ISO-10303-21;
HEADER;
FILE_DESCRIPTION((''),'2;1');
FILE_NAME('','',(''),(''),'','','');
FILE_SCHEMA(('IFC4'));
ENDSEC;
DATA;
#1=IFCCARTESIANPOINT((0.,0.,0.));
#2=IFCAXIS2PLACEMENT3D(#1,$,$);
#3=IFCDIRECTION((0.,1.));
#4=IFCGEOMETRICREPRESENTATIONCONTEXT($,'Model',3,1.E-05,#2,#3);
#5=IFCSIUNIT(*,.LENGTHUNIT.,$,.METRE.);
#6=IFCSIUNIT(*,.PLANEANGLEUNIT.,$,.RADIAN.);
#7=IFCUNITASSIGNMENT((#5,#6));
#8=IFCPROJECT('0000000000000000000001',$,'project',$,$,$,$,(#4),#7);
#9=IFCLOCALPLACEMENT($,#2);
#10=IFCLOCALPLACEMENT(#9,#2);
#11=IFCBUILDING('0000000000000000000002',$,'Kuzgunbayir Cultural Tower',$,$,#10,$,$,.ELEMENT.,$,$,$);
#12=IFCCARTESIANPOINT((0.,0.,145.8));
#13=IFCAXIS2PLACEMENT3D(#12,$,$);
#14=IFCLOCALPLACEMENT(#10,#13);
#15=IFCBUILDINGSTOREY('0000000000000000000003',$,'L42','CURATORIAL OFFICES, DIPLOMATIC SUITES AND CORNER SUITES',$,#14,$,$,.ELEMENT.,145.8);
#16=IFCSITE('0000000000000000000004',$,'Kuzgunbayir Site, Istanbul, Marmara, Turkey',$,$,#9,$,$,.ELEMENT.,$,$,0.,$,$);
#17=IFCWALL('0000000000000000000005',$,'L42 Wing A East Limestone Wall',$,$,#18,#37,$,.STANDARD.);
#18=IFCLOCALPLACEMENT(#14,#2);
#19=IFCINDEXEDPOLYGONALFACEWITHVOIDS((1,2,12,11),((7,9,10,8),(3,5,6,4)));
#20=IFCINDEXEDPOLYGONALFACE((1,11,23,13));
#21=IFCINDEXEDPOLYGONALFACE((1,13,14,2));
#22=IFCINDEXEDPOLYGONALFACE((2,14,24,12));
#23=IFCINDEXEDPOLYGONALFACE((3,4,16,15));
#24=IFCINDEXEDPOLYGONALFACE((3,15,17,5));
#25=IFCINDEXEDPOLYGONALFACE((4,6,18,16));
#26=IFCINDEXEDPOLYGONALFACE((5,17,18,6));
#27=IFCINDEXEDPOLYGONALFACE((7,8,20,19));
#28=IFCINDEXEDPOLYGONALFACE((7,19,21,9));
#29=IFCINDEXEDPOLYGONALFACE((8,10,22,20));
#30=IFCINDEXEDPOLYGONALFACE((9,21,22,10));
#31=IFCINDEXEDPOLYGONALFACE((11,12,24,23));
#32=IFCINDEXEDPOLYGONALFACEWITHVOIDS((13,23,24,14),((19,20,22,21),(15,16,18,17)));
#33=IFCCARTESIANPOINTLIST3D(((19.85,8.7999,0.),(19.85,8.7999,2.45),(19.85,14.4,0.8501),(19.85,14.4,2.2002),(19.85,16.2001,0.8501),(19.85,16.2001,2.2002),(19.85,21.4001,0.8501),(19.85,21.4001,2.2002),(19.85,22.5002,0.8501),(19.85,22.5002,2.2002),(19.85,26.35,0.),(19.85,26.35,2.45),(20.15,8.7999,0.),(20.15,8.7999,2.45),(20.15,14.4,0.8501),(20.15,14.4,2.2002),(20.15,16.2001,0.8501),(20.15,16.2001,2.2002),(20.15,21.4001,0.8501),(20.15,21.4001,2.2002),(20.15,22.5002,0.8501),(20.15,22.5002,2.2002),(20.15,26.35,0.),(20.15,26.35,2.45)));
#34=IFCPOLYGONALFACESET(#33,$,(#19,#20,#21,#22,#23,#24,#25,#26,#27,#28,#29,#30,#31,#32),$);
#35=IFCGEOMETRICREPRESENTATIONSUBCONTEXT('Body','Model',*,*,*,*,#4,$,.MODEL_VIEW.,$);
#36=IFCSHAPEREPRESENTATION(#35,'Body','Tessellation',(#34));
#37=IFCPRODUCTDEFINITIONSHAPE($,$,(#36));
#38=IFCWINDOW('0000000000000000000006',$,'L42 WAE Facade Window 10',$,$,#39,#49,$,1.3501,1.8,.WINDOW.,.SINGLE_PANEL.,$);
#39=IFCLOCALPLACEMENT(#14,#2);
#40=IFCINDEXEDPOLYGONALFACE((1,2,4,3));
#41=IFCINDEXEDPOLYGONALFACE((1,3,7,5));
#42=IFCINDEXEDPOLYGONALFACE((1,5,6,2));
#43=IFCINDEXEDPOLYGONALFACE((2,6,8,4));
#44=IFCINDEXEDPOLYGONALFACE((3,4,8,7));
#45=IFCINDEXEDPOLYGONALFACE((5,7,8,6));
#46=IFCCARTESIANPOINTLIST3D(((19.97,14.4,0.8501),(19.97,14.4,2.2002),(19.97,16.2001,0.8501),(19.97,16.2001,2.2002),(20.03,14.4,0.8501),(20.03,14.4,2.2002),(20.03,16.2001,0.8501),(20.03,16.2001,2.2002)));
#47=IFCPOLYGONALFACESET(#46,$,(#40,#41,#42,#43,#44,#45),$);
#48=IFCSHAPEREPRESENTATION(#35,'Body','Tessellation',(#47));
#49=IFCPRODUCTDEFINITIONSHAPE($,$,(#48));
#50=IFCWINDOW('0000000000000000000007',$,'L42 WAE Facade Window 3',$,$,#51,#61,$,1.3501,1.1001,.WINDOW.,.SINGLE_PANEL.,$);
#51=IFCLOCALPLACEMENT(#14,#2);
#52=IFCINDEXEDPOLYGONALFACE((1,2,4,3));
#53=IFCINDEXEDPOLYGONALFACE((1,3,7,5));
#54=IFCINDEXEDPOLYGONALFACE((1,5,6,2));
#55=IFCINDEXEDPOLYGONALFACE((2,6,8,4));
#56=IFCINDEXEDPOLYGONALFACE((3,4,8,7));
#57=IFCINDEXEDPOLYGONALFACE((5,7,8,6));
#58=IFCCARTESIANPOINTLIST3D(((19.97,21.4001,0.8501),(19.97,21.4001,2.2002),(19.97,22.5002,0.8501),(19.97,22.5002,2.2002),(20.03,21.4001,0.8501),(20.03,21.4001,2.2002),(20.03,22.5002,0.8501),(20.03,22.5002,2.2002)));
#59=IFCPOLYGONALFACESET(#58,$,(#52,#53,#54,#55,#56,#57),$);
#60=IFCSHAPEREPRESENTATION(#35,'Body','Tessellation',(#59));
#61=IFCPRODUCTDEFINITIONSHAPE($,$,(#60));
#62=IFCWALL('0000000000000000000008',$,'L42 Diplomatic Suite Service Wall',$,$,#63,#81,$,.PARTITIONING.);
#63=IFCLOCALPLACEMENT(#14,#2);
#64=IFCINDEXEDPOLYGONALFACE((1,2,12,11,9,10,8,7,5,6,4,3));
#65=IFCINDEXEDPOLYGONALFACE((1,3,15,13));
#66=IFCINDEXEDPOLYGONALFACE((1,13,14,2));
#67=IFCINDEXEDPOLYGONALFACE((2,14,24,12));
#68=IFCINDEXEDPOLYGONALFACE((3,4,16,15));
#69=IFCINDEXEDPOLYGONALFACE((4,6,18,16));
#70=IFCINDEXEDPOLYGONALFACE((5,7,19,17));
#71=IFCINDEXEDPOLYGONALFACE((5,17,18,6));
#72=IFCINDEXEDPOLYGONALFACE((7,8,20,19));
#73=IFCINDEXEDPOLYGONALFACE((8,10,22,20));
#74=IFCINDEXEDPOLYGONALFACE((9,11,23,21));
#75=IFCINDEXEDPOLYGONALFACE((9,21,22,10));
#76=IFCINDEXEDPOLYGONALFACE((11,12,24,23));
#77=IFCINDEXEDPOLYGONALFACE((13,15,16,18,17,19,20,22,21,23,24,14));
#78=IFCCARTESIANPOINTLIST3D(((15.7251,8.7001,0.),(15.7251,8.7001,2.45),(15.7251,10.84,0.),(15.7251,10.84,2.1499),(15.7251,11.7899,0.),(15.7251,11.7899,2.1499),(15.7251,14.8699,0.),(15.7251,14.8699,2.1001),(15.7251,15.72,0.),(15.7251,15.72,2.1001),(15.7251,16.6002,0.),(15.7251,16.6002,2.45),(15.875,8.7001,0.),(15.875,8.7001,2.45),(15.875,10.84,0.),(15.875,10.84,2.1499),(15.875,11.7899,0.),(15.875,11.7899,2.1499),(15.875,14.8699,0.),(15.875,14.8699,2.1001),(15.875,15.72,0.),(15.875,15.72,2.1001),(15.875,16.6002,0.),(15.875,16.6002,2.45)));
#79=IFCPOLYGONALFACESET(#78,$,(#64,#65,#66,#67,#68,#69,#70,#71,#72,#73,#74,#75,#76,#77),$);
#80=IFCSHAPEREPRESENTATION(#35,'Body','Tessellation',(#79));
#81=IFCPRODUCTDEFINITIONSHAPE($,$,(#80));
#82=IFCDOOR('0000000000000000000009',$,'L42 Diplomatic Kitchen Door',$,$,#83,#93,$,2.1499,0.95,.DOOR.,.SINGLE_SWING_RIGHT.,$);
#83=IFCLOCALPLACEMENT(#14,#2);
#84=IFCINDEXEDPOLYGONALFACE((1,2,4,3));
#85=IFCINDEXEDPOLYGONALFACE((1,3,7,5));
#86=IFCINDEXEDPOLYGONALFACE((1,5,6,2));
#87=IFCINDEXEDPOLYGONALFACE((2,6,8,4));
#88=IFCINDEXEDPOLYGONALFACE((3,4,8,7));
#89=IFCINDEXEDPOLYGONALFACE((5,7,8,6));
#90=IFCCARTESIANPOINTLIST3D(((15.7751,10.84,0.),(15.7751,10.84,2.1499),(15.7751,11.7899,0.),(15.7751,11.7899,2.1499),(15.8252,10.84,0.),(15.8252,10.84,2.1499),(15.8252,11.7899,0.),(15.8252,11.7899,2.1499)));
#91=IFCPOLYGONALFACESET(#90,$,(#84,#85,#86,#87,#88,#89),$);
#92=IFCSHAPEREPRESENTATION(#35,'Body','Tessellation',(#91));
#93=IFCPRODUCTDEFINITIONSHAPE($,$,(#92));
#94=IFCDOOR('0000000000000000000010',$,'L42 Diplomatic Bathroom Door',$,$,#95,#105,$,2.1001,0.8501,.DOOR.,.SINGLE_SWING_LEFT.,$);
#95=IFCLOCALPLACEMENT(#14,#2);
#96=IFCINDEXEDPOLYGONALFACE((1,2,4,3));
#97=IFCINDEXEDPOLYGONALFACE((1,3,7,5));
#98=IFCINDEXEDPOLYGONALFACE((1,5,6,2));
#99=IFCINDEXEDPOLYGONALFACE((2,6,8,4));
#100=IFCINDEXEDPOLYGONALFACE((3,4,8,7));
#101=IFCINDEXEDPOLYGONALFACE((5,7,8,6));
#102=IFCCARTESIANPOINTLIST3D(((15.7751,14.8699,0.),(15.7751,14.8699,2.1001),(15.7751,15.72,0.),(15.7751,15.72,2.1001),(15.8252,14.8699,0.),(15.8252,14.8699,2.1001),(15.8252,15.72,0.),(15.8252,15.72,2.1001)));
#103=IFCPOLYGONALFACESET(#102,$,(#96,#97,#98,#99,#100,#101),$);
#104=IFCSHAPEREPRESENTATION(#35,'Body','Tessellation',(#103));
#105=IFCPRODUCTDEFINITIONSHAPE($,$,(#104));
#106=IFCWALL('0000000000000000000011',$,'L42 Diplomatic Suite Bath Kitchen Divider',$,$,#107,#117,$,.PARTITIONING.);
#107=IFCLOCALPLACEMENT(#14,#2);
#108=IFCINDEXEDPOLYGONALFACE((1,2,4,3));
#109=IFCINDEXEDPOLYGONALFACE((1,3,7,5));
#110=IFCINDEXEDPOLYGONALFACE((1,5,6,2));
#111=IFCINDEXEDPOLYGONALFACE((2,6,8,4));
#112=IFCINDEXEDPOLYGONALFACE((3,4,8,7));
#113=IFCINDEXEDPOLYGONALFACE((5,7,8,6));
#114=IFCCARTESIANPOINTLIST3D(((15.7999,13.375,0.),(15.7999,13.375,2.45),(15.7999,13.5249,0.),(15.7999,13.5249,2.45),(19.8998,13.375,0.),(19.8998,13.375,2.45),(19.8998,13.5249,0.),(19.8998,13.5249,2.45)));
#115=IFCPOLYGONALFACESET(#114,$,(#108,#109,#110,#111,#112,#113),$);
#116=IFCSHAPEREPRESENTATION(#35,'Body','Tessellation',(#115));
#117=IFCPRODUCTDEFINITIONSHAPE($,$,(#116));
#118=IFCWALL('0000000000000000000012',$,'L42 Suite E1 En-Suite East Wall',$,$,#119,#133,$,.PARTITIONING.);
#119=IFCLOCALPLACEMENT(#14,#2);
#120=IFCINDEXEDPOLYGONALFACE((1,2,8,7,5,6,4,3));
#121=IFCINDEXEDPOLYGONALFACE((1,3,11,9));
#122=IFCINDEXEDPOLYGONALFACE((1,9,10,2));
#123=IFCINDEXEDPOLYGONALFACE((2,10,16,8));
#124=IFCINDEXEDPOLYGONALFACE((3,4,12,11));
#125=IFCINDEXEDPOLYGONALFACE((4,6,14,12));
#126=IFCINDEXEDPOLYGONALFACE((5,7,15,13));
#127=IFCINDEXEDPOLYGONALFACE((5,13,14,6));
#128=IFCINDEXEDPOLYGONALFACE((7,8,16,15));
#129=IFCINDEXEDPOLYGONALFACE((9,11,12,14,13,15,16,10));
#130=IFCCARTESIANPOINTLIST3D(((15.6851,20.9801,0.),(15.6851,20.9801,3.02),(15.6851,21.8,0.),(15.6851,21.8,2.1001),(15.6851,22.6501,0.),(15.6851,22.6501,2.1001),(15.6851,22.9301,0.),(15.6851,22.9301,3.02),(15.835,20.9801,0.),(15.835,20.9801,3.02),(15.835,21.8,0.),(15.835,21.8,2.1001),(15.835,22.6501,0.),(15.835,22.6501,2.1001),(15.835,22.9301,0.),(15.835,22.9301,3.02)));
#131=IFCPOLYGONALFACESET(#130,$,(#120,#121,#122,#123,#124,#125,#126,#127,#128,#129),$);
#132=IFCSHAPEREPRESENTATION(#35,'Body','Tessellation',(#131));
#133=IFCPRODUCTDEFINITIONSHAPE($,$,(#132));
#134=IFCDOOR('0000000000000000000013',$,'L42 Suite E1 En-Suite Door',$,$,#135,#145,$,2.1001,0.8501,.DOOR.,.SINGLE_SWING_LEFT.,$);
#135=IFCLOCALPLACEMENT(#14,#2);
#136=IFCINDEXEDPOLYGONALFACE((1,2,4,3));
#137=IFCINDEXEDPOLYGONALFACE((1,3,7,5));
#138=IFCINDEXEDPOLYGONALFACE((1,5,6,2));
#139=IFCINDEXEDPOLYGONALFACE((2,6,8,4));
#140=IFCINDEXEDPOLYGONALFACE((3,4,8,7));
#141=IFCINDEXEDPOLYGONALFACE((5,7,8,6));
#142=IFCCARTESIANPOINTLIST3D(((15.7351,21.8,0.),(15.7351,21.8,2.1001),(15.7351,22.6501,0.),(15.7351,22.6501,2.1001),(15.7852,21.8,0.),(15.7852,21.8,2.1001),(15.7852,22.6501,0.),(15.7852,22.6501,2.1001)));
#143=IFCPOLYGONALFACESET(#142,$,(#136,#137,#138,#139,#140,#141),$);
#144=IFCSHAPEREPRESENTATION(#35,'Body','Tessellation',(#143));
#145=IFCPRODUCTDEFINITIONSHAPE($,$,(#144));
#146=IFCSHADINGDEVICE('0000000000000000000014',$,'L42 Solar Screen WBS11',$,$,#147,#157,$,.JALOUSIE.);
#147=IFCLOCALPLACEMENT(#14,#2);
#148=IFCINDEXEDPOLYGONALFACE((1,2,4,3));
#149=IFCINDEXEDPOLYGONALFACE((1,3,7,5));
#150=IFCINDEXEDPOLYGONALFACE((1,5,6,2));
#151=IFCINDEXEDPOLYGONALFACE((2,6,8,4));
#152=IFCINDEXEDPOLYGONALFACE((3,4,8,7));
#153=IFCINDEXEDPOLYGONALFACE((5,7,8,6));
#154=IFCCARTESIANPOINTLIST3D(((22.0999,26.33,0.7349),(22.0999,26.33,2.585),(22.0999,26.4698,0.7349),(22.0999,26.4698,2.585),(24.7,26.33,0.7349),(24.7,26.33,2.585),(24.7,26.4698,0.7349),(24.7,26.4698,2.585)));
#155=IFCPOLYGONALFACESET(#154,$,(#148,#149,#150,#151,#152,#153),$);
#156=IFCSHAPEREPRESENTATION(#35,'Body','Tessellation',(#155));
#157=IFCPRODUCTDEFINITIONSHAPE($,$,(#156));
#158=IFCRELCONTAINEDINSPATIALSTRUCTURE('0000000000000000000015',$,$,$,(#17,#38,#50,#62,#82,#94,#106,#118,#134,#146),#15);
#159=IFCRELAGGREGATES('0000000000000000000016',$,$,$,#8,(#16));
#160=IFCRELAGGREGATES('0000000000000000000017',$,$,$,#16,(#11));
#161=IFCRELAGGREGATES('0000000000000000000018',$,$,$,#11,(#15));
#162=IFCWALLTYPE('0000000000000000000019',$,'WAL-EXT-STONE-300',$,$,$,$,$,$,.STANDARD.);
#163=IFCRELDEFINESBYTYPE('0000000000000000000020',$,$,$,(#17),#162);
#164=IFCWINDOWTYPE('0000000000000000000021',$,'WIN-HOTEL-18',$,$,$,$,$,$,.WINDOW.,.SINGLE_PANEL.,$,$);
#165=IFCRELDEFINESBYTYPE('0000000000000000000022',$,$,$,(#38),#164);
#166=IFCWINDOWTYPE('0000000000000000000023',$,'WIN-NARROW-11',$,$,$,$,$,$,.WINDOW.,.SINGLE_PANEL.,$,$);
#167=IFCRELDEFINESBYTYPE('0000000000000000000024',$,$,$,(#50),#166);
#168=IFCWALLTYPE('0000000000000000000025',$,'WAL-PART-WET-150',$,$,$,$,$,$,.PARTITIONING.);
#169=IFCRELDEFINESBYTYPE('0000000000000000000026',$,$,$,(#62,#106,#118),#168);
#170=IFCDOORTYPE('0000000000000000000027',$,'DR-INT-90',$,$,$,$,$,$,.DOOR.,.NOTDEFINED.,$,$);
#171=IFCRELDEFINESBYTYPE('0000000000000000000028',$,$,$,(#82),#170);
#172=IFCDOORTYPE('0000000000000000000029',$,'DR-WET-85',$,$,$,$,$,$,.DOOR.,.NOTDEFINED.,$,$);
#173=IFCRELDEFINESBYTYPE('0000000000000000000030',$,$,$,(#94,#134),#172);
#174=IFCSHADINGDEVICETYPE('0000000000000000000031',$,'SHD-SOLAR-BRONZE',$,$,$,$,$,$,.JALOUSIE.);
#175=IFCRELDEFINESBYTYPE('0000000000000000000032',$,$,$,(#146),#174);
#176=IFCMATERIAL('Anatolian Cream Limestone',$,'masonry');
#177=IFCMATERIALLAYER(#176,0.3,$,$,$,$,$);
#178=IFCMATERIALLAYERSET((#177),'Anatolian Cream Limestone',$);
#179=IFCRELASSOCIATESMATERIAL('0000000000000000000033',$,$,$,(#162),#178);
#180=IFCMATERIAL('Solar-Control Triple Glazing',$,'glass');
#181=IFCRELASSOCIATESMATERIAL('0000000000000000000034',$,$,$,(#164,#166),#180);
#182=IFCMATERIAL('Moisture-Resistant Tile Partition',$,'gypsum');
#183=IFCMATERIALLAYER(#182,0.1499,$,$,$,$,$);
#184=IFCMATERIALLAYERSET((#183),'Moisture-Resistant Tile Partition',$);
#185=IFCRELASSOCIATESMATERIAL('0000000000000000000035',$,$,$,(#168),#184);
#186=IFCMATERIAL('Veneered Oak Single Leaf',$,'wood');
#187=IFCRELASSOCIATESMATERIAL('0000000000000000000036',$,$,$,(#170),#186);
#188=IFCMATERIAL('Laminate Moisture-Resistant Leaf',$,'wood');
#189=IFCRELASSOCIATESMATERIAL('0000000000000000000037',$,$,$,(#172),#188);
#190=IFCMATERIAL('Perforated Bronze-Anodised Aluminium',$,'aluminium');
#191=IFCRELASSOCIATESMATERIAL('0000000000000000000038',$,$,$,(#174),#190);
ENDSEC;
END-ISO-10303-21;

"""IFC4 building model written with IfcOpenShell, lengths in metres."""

from ifc_helpers import new_model, si_unit, direction, frame, frame_2d, origin, origin_2d, place, context, subcontext, project, spatial, rectangle, extrude, material, layer, layer_set, type_object, element, fill, save


model = new_model("IFC4")

# Units and contexts
model_context = context("Model", 3, precision=1e-05, world=origin(), true_north=direction((0.0, 1.0)))
body_context = subcontext(model_context, "Body", "Model", "MODEL_VIEW")
ifc_project = project(units=[si_unit("LENGTHUNIT", "METRE"), si_unit("PLANEANGLEUNIT", "RADIAN")], contexts=[model_context])

# Site, building, storey
site_placement = place(None, origin())
site = spatial("IfcSite", under=ifc_project, at=site_placement, Name="Kuzgunbayir Site, Istanbul, Marmara, Turkey", CompositionType="ELEMENT", RefElevation=0.0)
building_placement = place(site_placement, origin())
building = spatial("IfcBuilding", under=site, at=building_placement, Name="Kuzgunbayir Cultural Tower", CompositionType="ELEMENT")
storey_placement = place(building_placement, frame((0.0, 0.0, 145.8)))
storey = spatial("IfcBuildingStorey", under=building, at=storey_placement, Name="L42", Description="CURATORIAL OFFICES, DIPLOMATIC SUITES AND CORNER SUITES", CompositionType="ELEMENT", Elevation=145.8)

# Wall, openings, windows
ifc_material_1 = material(Name="Anatolian Cream Limestone", Category="masonry")
ifc_layer_1 = layer(ifc_material_1, 0.3)
ifc_layer_set_1 = layer_set([ifc_layer_1], Name="Anatolian Cream Limestone")
wall_type_1 = type_object("IfcWallType", Name="WAL-EXT-STONE-300", PredefinedType="STANDARD", material=ifc_layer_set_1)
wall_1_placement = place(storey_placement, frame((20.0, 8.8, 0.0), z_axis=(0.0, 0.0, 1.0), x_axis=(0.0, 1.0, 0.0)))
wall_1 = element("IfcWall", 1, at=wall_1_placement, inside=storey, type_object=wall_type_1, Name="L42 Wing A East Limestone Wall", PredefinedType="STANDARD", context=body_context, shape_type="SweptSolid", body=[
    extrude(rectangle(XDim=17.55, YDim=0.3, at=frame_2d((8.7749, 0.0))), origin(), (0.0, 0.0, 1.0), 2.45),
])
opening_1_placement = place(wall_1_placement, frame((12.6001, 0.0, 0.8501)))
opening_1 = element("IfcOpeningElement", 2, at=opening_1_placement, cuts=wall_1, PredefinedType="OPENING", context=body_context, shape_type="SweptSolid", body=[
    extrude(rectangle(XDim=1.1001, YDim=1.3501, at=frame_2d((0.55, 0.675))), frame((0.0, 0.1602, 0.0), z_axis=(0.0, -1.0, 0.0), x_axis=(1.0, 0.0, 0.0)), (0.0, 0.0, 1.0), 0.3201),
])
opening_2_placement = place(wall_1_placement, frame((5.6001, 0.0, 0.8501)))
opening_2 = element("IfcOpeningElement", 3, at=opening_2_placement, cuts=wall_1, PredefinedType="OPENING", context=body_context, shape_type="SweptSolid", body=[
    extrude(rectangle(XDim=1.8, YDim=1.3501, at=frame_2d((0.8999, 0.675))), frame((0.0, 0.1602, 0.0), z_axis=(0.0, -1.0, 0.0), x_axis=(1.0, 0.0, 0.0)), (0.0, 0.0, 1.0), 0.3201),
])
ifc_material_2 = material(Name="Solar-Control Triple Glazing", Category="glass")
window_type_1 = type_object("IfcWindowType", Name="WIN-HOTEL-18", PartitioningType="SINGLE_PANEL", PredefinedType="WINDOW", material=ifc_material_2)
window_1_placement = place(opening_2_placement, origin())
window_1 = element("IfcWindow", 4, at=window_1_placement, inside=storey, type_object=window_type_1, Name="L42 WAE Facade Window 10", OverallHeight=1.3501, OverallWidth=1.8, PartitioningType="SINGLE_PANEL", PredefinedType="WINDOW", context=body_context, shape_type="SweptSolid", body=[
    extrude(rectangle(XDim=1.8, YDim=1.3501, at=frame_2d((0.8999, 0.675))), frame((0.0, 0.03, 0.0), z_axis=(0.0, -1.0, 0.0), x_axis=(1.0, 0.0, 0.0)), (0.0, 0.0, 1.0), 0.0601),
])
fill(opening_2, window_1)
window_type_2 = type_object("IfcWindowType", Name="WIN-NARROW-11", PartitioningType="SINGLE_PANEL", PredefinedType="WINDOW", material=ifc_material_2)
window_2_placement = place(opening_1_placement, origin())
window_2 = element("IfcWindow", 5, at=window_2_placement, inside=storey, type_object=window_type_2, Name="L42 WAE Facade Window 3", OverallHeight=1.3501, OverallWidth=1.1001, PartitioningType="SINGLE_PANEL", PredefinedType="WINDOW", context=body_context, shape_type="SweptSolid", body=[
    extrude(rectangle(XDim=1.1001, YDim=1.3501, at=frame_2d((0.55, 0.675))), frame((0.0, 0.03, 0.0), z_axis=(0.0, -1.0, 0.0), x_axis=(1.0, 0.0, 0.0)), (0.0, 0.0, 1.0), 0.0601),
])
fill(opening_1, window_2)

# Wall, openings, doors
ifc_material_3 = material(Name="Moisture-Resistant Tile Partition", Category="gypsum")
ifc_layer_2 = layer(ifc_material_3, 0.1499)
ifc_layer_set_2 = layer_set([ifc_layer_2], Name="Moisture-Resistant Tile Partition")
wall_type_2 = type_object("IfcWallType", Name="WAL-PART-WET-150", PredefinedType="PARTITIONING", material=ifc_layer_set_2)
wall_2_placement = place(storey_placement, frame((15.8, 8.7, 0.0), z_axis=(0.0, 0.0, 1.0), x_axis=(0.0, 1.0, 0.0)))
wall_2 = element("IfcWall", 6, at=wall_2_placement, inside=storey, type_object=wall_type_2, Name="L42 Diplomatic Suite Service Wall", PredefinedType="PARTITIONING", context=body_context, shape_type="SweptSolid", body=[
    extrude(rectangle(XDim=7.9001, YDim=0.1499, at=frame_2d((3.9502, 0.0))), origin(), (0.0, 0.0, 1.0), 2.45),
])
opening_3_placement = place(wall_2_placement, frame((2.1399, 0.0, 0.0)))
opening_3 = element("IfcOpeningElement", 7, at=opening_3_placement, cuts=wall_2, PredefinedType="OPENING", context=body_context, shape_type="SweptSolid", body=[
    extrude(rectangle(XDim=0.95, YDim=2.1499, at=frame_2d((0.4751, 1.075))), frame((0.0, 0.085, 0.0), z_axis=(0.0, -1.0, 0.0), x_axis=(1.0, 0.0, 0.0)), (0.0, 0.0, 1.0), 0.1699),
])
opening_4_placement = place(wall_2_placement, frame((6.1699, 0.0, 0.0)))
opening_4 = element("IfcOpeningElement", 8, at=opening_4_placement, cuts=wall_2, PredefinedType="OPENING", context=body_context, shape_type="SweptSolid", body=[
    extrude(rectangle(XDim=0.8501, YDim=2.1001, at=frame_2d((0.425, 1.05))), frame((0.0, 0.085, 0.0), z_axis=(0.0, -1.0, 0.0), x_axis=(1.0, 0.0, 0.0)), (0.0, 0.0, 1.0), 0.1699),
])
ifc_material_4 = material(Name="Veneered Oak Single Leaf", Category="wood")
door_type_1 = type_object("IfcDoorType", Name="DR-INT-90", OperationType="NOTDEFINED", PredefinedType="DOOR", material=ifc_material_4)
door_1_placement = place(opening_3_placement, origin())
door_1 = element("IfcDoor", 9, at=door_1_placement, inside=storey, type_object=door_type_1, Name="L42 Diplomatic Kitchen Door", OperationType="SINGLE_SWING_RIGHT", OverallHeight=2.1499, OverallWidth=0.95, PredefinedType="DOOR", context=body_context, shape_type="SweptSolid", body=[
    extrude(rectangle(XDim=0.95, YDim=2.1499, at=frame_2d((0.4751, 1.075))), frame((0.0, 0.0249, 0.0), z_axis=(0.0, -1.0, 0.0), x_axis=(1.0, 0.0, 0.0)), (0.0, 0.0, 1.0), 0.05),
])
fill(opening_3, door_1)
ifc_material_5 = material(Name="Laminate Moisture-Resistant Leaf", Category="wood")
door_type_2 = type_object("IfcDoorType", Name="DR-WET-85", OperationType="NOTDEFINED", PredefinedType="DOOR", material=ifc_material_5)
door_2_placement = place(opening_4_placement, origin())
door_2 = element("IfcDoor", 10, at=door_2_placement, inside=storey, type_object=door_type_2, Name="L42 Diplomatic Bathroom Door", OperationType="SINGLE_SWING_LEFT", OverallHeight=2.1001, OverallWidth=0.8501, PredefinedType="DOOR", context=body_context, shape_type="SweptSolid", body=[
    extrude(rectangle(XDim=0.8501, YDim=2.1001, at=frame_2d((0.425, 1.05))), frame((0.0, 0.0249, 0.0), z_axis=(0.0, -1.0, 0.0), x_axis=(1.0, 0.0, 0.0)), (0.0, 0.0, 1.0), 0.05),
])
fill(opening_4, door_2)

# Wall
wall_3_placement = place(storey_placement, frame((15.8, 13.45, 0.0), z_axis=(0.0, 0.0, 1.0), x_axis=(1.0, 0.0, 0.0)))
element("IfcWall", 11, at=wall_3_placement, inside=storey, type_object=wall_type_2, Name="L42 Diplomatic Suite Bath Kitchen Divider", PredefinedType="PARTITIONING", context=body_context, shape_type="SweptSolid", body=[
    extrude(rectangle(XDim=4.0999, YDim=0.1499, at=frame_2d((2.0498, 0.0))), origin(), (0.0, 0.0, 1.0), 2.45),
])

# Wall, opening, door
wall_4_placement = place(storey_placement, frame((15.76, 20.98, 0.0), z_axis=(0.0, 0.0, 1.0), x_axis=(0.0, 1.0, 0.0)))
wall_4 = element("IfcWall", 12, at=wall_4_placement, inside=storey, type_object=wall_type_2, Name="L42 Suite E1 En-Suite East Wall", PredefinedType="PARTITIONING", context=body_context, shape_type="SweptSolid", body=[
    extrude(rectangle(XDim=1.95, YDim=0.1499, at=frame_2d((0.9751, 0.0))), origin(), (0.0, 0.0, 1.0), 3.02),
])
opening_5_placement = place(wall_4_placement, frame((0.8201, 0.0, 0.0)))
opening_5 = element("IfcOpeningElement", 13, at=opening_5_placement, cuts=wall_4, PredefinedType="OPENING", context=body_context, shape_type="SweptSolid", body=[
    extrude(rectangle(XDim=0.8501, YDim=2.1001, at=frame_2d((0.425, 1.05))), frame((0.0, 0.085, 0.0), z_axis=(0.0, -1.0, 0.0), x_axis=(1.0, 0.0, 0.0)), (0.0, 0.0, 1.0), 0.1699),
])
door_3_placement = place(opening_5_placement, origin())
door_3 = element("IfcDoor", 14, at=door_3_placement, inside=storey, type_object=door_type_2, Name="L42 Suite E1 En-Suite Door", OperationType="SINGLE_SWING_LEFT", OverallHeight=2.1001, OverallWidth=0.8501, PredefinedType="DOOR", context=body_context, shape_type="SweptSolid", body=[
    extrude(rectangle(XDim=0.8501, YDim=2.1001, at=frame_2d((0.425, 1.05))), frame((0.0, 0.0249, 0.0), z_axis=(0.0, -1.0, 0.0), x_axis=(1.0, 0.0, 0.0)), (0.0, 0.0, 1.0), 0.05),
])
fill(opening_5, door_3)

# Shading device
ifc_material_6 = material(Name="Perforated Bronze-Anodised Aluminium", Category="aluminium")
shading_device_type = type_object("IfcShadingDeviceType", Name="SHD-SOLAR-BRONZE", PredefinedType="JALOUSIE", material=ifc_material_6)
shading_device_placement = place(storey_placement, frame((23.3999, 26.3999, 0.7349), z_axis=(0.0, 0.0, 1.0), x_axis=(1.0, 0.0, 0.0)))
element("IfcShadingDevice", 15, at=shading_device_placement, inside=storey, type_object=shading_device_type, Name="L42 Solar Screen WBS11", PredefinedType="JALOUSIE", context=body_context, shape_type="SweptSolid", body=[
    extrude(rectangle(XDim=2.6001, YDim=0.1399, at=origin_2d()), origin(), (0.0, 0.0, 1.0), 1.8501),
])

save(model, "model.ifc")
